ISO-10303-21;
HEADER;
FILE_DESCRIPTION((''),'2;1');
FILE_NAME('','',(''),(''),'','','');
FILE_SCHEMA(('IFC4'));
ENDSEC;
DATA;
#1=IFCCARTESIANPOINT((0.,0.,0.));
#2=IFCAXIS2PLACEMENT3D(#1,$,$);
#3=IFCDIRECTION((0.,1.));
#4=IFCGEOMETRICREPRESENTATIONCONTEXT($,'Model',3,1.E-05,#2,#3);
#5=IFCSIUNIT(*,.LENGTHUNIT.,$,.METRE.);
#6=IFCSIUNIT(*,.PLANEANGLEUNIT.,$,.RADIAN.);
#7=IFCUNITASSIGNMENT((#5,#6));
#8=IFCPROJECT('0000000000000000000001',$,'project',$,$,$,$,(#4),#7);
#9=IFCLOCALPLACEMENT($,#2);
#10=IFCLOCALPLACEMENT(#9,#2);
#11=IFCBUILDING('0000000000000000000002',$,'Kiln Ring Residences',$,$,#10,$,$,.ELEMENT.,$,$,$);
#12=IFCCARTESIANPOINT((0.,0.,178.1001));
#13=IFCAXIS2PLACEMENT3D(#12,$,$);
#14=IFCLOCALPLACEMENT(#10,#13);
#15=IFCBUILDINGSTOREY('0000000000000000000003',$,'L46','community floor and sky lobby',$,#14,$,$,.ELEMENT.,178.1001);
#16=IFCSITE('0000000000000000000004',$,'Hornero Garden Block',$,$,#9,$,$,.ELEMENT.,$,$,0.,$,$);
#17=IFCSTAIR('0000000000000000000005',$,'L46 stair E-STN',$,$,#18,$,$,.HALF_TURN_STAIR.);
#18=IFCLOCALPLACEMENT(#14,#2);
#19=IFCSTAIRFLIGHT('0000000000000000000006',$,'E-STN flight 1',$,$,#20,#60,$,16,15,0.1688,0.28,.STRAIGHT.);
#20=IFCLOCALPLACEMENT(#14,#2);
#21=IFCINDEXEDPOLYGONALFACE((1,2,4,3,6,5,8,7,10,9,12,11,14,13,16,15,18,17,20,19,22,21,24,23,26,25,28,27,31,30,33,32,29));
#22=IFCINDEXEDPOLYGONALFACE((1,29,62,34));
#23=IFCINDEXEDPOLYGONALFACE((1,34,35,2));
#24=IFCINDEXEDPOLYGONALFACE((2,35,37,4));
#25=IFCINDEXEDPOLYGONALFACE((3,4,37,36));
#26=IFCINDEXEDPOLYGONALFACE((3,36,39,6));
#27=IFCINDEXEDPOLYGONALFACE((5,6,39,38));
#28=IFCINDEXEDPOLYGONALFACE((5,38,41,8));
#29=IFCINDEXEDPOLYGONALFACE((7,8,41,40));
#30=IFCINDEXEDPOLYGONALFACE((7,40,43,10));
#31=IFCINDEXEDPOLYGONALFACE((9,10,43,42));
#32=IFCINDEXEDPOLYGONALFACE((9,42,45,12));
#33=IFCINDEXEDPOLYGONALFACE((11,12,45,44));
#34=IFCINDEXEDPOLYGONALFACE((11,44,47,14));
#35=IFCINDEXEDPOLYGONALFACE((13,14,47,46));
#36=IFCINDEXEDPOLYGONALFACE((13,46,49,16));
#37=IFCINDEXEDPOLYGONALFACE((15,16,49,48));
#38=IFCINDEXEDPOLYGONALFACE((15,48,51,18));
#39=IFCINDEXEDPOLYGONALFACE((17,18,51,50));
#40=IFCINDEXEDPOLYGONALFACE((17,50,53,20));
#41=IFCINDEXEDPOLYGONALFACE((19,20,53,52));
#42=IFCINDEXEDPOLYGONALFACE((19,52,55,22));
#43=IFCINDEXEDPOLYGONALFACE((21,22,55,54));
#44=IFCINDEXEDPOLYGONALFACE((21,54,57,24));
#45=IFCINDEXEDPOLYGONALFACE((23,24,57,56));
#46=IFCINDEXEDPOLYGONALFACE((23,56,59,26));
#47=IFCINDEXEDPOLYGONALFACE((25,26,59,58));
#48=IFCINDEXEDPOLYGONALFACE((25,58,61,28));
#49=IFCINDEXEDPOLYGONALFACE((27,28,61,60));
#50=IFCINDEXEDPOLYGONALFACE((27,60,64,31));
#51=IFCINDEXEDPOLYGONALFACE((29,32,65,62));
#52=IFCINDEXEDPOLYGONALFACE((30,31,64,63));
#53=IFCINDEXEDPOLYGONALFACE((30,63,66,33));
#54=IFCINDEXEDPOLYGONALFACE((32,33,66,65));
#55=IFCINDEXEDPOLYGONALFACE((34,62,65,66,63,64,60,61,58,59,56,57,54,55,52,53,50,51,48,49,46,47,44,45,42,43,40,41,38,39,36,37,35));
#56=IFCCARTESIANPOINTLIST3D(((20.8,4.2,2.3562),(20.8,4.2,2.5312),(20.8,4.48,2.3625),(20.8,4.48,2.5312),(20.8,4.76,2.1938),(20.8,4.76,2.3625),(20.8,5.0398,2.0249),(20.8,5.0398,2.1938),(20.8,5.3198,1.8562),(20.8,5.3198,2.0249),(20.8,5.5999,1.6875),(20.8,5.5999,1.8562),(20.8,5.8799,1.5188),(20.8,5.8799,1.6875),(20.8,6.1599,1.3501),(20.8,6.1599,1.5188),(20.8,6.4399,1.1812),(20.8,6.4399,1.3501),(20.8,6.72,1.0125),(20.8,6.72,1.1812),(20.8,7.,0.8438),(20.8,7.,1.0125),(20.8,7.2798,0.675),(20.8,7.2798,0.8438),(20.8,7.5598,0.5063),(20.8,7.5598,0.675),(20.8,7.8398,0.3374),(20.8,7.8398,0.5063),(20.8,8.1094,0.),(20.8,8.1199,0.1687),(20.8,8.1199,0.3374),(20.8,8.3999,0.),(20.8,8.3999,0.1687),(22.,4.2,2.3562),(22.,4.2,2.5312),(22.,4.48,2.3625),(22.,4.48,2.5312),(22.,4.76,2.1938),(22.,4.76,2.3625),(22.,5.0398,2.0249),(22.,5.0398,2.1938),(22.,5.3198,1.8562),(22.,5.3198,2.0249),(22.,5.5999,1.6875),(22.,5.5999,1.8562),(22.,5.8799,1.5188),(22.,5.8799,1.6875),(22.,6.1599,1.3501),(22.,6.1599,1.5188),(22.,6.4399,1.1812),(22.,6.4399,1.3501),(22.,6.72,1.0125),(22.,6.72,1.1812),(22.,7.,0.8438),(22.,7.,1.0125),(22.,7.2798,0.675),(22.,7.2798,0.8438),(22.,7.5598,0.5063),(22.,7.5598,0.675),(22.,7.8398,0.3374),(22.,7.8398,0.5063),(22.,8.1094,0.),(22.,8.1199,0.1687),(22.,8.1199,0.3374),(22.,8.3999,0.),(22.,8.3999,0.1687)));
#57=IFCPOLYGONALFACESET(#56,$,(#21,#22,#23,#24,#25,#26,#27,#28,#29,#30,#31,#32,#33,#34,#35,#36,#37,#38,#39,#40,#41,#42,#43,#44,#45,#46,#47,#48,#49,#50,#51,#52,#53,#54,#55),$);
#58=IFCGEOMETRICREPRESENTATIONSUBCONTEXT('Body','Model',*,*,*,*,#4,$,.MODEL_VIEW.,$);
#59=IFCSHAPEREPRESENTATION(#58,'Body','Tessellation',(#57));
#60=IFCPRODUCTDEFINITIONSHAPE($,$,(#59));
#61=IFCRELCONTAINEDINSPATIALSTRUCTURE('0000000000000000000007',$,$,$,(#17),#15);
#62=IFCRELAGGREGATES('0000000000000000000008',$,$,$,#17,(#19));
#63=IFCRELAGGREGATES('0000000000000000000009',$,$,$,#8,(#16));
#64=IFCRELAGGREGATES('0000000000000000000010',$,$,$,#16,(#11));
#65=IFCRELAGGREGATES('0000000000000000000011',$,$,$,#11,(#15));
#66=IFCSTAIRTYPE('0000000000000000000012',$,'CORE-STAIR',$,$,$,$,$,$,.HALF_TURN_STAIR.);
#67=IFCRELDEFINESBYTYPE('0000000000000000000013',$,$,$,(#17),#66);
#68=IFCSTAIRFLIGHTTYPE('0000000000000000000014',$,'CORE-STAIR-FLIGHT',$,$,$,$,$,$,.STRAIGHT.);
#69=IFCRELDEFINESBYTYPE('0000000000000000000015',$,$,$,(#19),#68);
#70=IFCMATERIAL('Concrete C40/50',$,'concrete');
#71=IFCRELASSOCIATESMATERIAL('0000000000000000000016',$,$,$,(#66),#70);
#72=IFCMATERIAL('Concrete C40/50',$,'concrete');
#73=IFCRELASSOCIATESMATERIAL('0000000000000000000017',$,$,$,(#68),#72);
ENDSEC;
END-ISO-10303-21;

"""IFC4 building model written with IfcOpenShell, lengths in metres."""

from ifc_helpers import new_model, si_unit, direction, frame, origin, place, context, subcontext, project, spatial, polyline, outline, extrude, material, type_object, element, aggregate, save


model = new_model("IFC4")

# Units and contexts
model_context = context("Model", 3, precision=1e-05, world=origin(), true_north=direction((0.0, 1.0)))
body_context = subcontext(model_context, "Body", "Model", "MODEL_VIEW")
ifc_project = project(units=[si_unit("LENGTHUNIT", "METRE"), si_unit("PLANEANGLEUNIT", "RADIAN")], contexts=[model_context])

# Site, building, storey
site_placement = place(None, origin())
site = spatial("IfcSite", under=ifc_project, at=site_placement, Name="Hornero Garden Block", CompositionType="ELEMENT", RefElevation=0.0)
building_placement = place(site_placement, origin())
building = spatial("IfcBuilding", under=site, at=building_placement, Name="Kiln Ring Residences", CompositionType="ELEMENT")
storey_placement = place(building_placement, frame((0.0, 0.0, 178.1001)))
storey = spatial("IfcBuildingStorey", under=building, at=storey_placement, Name="L46", Description="community floor and sky lobby", CompositionType="ELEMENT", Elevation=178.1001)

# Shared definitions
placement = place(storey_placement, origin())

# Stair, stair flight
ifc_material_1 = material(Name="Concrete C40/50", Category="concrete")
stair_type = type_object("IfcStairType", Name="CORE-STAIR", PredefinedType="HALF_TURN_STAIR", material=ifc_material_1)
stair = element("IfcStair", 1, at=placement, inside=storey, type_object=stair_type, Name="L46 stair E-STN", PredefinedType="HALF_TURN_STAIR")
ifc_material_2 = material(Name="Concrete C40/50", Category="concrete")
stair_flight_type = type_object("IfcStairFlightType", Name="CORE-STAIR-FLIGHT", PredefinedType="STRAIGHT", material=ifc_material_2)
stair_flight_placement = place(storey_placement, frame((21.3999, 8.3999, 0.0), z_axis=(0.0, 0.0, 1.0), x_axis=(0.0, -1.0, 0.0)))
stair_flight = element("IfcStairFlight", 2, at=stair_flight_placement, type_object=stair_flight_type, Name="E-STN flight 1", NumberOfRisers=16, NumberOfTreads=15, PredefinedType="STRAIGHT", RiserHeight=0.1688, TreadLength=0.28, context=body_context, shape_type="SweptSolid", body=[
    extrude(outline(polyline([(0.0, 0.0), (0.0, 0.1687), (0.28, 0.1687), (0.28, 0.3374), (0.5601, 0.3374), (0.5601, 0.5063), (0.8401, 0.5063), (0.8401, 0.675), (1.1201, 0.675), (1.1201, 0.8438), (1.3999, 0.8438), (1.3999, 1.0125), (1.6799, 1.0125), (1.6799, 1.1812), (1.96, 1.1812), (1.96, 1.3501), (2.24, 1.3501), (2.24, 1.5188), (2.52, 1.5188), (2.52, 1.6875), (2.8, 1.6875), (2.8, 1.8562), (3.0801, 1.8562), (3.0801, 2.0249), (3.3601, 2.0249), (3.3601, 2.1938), (3.6399, 2.1938), (3.6399, 2.3625), (3.9199, 2.3625), (3.9199, 2.5312), (4.2, 2.5312), (4.2, 2.7), (4.2, 2.3562), (0.2905, 0.0), (0.0, 0.0)])), frame((0.0, 0.6001, 0.0), z_axis=(0.0, -1.0, 0.0), x_axis=(1.0, 0.0, 0.0)), (0.0, 0.0, 1.0), 1.2),
])
aggregate(stair, [stair_flight])

save(model, "model.ifc")
